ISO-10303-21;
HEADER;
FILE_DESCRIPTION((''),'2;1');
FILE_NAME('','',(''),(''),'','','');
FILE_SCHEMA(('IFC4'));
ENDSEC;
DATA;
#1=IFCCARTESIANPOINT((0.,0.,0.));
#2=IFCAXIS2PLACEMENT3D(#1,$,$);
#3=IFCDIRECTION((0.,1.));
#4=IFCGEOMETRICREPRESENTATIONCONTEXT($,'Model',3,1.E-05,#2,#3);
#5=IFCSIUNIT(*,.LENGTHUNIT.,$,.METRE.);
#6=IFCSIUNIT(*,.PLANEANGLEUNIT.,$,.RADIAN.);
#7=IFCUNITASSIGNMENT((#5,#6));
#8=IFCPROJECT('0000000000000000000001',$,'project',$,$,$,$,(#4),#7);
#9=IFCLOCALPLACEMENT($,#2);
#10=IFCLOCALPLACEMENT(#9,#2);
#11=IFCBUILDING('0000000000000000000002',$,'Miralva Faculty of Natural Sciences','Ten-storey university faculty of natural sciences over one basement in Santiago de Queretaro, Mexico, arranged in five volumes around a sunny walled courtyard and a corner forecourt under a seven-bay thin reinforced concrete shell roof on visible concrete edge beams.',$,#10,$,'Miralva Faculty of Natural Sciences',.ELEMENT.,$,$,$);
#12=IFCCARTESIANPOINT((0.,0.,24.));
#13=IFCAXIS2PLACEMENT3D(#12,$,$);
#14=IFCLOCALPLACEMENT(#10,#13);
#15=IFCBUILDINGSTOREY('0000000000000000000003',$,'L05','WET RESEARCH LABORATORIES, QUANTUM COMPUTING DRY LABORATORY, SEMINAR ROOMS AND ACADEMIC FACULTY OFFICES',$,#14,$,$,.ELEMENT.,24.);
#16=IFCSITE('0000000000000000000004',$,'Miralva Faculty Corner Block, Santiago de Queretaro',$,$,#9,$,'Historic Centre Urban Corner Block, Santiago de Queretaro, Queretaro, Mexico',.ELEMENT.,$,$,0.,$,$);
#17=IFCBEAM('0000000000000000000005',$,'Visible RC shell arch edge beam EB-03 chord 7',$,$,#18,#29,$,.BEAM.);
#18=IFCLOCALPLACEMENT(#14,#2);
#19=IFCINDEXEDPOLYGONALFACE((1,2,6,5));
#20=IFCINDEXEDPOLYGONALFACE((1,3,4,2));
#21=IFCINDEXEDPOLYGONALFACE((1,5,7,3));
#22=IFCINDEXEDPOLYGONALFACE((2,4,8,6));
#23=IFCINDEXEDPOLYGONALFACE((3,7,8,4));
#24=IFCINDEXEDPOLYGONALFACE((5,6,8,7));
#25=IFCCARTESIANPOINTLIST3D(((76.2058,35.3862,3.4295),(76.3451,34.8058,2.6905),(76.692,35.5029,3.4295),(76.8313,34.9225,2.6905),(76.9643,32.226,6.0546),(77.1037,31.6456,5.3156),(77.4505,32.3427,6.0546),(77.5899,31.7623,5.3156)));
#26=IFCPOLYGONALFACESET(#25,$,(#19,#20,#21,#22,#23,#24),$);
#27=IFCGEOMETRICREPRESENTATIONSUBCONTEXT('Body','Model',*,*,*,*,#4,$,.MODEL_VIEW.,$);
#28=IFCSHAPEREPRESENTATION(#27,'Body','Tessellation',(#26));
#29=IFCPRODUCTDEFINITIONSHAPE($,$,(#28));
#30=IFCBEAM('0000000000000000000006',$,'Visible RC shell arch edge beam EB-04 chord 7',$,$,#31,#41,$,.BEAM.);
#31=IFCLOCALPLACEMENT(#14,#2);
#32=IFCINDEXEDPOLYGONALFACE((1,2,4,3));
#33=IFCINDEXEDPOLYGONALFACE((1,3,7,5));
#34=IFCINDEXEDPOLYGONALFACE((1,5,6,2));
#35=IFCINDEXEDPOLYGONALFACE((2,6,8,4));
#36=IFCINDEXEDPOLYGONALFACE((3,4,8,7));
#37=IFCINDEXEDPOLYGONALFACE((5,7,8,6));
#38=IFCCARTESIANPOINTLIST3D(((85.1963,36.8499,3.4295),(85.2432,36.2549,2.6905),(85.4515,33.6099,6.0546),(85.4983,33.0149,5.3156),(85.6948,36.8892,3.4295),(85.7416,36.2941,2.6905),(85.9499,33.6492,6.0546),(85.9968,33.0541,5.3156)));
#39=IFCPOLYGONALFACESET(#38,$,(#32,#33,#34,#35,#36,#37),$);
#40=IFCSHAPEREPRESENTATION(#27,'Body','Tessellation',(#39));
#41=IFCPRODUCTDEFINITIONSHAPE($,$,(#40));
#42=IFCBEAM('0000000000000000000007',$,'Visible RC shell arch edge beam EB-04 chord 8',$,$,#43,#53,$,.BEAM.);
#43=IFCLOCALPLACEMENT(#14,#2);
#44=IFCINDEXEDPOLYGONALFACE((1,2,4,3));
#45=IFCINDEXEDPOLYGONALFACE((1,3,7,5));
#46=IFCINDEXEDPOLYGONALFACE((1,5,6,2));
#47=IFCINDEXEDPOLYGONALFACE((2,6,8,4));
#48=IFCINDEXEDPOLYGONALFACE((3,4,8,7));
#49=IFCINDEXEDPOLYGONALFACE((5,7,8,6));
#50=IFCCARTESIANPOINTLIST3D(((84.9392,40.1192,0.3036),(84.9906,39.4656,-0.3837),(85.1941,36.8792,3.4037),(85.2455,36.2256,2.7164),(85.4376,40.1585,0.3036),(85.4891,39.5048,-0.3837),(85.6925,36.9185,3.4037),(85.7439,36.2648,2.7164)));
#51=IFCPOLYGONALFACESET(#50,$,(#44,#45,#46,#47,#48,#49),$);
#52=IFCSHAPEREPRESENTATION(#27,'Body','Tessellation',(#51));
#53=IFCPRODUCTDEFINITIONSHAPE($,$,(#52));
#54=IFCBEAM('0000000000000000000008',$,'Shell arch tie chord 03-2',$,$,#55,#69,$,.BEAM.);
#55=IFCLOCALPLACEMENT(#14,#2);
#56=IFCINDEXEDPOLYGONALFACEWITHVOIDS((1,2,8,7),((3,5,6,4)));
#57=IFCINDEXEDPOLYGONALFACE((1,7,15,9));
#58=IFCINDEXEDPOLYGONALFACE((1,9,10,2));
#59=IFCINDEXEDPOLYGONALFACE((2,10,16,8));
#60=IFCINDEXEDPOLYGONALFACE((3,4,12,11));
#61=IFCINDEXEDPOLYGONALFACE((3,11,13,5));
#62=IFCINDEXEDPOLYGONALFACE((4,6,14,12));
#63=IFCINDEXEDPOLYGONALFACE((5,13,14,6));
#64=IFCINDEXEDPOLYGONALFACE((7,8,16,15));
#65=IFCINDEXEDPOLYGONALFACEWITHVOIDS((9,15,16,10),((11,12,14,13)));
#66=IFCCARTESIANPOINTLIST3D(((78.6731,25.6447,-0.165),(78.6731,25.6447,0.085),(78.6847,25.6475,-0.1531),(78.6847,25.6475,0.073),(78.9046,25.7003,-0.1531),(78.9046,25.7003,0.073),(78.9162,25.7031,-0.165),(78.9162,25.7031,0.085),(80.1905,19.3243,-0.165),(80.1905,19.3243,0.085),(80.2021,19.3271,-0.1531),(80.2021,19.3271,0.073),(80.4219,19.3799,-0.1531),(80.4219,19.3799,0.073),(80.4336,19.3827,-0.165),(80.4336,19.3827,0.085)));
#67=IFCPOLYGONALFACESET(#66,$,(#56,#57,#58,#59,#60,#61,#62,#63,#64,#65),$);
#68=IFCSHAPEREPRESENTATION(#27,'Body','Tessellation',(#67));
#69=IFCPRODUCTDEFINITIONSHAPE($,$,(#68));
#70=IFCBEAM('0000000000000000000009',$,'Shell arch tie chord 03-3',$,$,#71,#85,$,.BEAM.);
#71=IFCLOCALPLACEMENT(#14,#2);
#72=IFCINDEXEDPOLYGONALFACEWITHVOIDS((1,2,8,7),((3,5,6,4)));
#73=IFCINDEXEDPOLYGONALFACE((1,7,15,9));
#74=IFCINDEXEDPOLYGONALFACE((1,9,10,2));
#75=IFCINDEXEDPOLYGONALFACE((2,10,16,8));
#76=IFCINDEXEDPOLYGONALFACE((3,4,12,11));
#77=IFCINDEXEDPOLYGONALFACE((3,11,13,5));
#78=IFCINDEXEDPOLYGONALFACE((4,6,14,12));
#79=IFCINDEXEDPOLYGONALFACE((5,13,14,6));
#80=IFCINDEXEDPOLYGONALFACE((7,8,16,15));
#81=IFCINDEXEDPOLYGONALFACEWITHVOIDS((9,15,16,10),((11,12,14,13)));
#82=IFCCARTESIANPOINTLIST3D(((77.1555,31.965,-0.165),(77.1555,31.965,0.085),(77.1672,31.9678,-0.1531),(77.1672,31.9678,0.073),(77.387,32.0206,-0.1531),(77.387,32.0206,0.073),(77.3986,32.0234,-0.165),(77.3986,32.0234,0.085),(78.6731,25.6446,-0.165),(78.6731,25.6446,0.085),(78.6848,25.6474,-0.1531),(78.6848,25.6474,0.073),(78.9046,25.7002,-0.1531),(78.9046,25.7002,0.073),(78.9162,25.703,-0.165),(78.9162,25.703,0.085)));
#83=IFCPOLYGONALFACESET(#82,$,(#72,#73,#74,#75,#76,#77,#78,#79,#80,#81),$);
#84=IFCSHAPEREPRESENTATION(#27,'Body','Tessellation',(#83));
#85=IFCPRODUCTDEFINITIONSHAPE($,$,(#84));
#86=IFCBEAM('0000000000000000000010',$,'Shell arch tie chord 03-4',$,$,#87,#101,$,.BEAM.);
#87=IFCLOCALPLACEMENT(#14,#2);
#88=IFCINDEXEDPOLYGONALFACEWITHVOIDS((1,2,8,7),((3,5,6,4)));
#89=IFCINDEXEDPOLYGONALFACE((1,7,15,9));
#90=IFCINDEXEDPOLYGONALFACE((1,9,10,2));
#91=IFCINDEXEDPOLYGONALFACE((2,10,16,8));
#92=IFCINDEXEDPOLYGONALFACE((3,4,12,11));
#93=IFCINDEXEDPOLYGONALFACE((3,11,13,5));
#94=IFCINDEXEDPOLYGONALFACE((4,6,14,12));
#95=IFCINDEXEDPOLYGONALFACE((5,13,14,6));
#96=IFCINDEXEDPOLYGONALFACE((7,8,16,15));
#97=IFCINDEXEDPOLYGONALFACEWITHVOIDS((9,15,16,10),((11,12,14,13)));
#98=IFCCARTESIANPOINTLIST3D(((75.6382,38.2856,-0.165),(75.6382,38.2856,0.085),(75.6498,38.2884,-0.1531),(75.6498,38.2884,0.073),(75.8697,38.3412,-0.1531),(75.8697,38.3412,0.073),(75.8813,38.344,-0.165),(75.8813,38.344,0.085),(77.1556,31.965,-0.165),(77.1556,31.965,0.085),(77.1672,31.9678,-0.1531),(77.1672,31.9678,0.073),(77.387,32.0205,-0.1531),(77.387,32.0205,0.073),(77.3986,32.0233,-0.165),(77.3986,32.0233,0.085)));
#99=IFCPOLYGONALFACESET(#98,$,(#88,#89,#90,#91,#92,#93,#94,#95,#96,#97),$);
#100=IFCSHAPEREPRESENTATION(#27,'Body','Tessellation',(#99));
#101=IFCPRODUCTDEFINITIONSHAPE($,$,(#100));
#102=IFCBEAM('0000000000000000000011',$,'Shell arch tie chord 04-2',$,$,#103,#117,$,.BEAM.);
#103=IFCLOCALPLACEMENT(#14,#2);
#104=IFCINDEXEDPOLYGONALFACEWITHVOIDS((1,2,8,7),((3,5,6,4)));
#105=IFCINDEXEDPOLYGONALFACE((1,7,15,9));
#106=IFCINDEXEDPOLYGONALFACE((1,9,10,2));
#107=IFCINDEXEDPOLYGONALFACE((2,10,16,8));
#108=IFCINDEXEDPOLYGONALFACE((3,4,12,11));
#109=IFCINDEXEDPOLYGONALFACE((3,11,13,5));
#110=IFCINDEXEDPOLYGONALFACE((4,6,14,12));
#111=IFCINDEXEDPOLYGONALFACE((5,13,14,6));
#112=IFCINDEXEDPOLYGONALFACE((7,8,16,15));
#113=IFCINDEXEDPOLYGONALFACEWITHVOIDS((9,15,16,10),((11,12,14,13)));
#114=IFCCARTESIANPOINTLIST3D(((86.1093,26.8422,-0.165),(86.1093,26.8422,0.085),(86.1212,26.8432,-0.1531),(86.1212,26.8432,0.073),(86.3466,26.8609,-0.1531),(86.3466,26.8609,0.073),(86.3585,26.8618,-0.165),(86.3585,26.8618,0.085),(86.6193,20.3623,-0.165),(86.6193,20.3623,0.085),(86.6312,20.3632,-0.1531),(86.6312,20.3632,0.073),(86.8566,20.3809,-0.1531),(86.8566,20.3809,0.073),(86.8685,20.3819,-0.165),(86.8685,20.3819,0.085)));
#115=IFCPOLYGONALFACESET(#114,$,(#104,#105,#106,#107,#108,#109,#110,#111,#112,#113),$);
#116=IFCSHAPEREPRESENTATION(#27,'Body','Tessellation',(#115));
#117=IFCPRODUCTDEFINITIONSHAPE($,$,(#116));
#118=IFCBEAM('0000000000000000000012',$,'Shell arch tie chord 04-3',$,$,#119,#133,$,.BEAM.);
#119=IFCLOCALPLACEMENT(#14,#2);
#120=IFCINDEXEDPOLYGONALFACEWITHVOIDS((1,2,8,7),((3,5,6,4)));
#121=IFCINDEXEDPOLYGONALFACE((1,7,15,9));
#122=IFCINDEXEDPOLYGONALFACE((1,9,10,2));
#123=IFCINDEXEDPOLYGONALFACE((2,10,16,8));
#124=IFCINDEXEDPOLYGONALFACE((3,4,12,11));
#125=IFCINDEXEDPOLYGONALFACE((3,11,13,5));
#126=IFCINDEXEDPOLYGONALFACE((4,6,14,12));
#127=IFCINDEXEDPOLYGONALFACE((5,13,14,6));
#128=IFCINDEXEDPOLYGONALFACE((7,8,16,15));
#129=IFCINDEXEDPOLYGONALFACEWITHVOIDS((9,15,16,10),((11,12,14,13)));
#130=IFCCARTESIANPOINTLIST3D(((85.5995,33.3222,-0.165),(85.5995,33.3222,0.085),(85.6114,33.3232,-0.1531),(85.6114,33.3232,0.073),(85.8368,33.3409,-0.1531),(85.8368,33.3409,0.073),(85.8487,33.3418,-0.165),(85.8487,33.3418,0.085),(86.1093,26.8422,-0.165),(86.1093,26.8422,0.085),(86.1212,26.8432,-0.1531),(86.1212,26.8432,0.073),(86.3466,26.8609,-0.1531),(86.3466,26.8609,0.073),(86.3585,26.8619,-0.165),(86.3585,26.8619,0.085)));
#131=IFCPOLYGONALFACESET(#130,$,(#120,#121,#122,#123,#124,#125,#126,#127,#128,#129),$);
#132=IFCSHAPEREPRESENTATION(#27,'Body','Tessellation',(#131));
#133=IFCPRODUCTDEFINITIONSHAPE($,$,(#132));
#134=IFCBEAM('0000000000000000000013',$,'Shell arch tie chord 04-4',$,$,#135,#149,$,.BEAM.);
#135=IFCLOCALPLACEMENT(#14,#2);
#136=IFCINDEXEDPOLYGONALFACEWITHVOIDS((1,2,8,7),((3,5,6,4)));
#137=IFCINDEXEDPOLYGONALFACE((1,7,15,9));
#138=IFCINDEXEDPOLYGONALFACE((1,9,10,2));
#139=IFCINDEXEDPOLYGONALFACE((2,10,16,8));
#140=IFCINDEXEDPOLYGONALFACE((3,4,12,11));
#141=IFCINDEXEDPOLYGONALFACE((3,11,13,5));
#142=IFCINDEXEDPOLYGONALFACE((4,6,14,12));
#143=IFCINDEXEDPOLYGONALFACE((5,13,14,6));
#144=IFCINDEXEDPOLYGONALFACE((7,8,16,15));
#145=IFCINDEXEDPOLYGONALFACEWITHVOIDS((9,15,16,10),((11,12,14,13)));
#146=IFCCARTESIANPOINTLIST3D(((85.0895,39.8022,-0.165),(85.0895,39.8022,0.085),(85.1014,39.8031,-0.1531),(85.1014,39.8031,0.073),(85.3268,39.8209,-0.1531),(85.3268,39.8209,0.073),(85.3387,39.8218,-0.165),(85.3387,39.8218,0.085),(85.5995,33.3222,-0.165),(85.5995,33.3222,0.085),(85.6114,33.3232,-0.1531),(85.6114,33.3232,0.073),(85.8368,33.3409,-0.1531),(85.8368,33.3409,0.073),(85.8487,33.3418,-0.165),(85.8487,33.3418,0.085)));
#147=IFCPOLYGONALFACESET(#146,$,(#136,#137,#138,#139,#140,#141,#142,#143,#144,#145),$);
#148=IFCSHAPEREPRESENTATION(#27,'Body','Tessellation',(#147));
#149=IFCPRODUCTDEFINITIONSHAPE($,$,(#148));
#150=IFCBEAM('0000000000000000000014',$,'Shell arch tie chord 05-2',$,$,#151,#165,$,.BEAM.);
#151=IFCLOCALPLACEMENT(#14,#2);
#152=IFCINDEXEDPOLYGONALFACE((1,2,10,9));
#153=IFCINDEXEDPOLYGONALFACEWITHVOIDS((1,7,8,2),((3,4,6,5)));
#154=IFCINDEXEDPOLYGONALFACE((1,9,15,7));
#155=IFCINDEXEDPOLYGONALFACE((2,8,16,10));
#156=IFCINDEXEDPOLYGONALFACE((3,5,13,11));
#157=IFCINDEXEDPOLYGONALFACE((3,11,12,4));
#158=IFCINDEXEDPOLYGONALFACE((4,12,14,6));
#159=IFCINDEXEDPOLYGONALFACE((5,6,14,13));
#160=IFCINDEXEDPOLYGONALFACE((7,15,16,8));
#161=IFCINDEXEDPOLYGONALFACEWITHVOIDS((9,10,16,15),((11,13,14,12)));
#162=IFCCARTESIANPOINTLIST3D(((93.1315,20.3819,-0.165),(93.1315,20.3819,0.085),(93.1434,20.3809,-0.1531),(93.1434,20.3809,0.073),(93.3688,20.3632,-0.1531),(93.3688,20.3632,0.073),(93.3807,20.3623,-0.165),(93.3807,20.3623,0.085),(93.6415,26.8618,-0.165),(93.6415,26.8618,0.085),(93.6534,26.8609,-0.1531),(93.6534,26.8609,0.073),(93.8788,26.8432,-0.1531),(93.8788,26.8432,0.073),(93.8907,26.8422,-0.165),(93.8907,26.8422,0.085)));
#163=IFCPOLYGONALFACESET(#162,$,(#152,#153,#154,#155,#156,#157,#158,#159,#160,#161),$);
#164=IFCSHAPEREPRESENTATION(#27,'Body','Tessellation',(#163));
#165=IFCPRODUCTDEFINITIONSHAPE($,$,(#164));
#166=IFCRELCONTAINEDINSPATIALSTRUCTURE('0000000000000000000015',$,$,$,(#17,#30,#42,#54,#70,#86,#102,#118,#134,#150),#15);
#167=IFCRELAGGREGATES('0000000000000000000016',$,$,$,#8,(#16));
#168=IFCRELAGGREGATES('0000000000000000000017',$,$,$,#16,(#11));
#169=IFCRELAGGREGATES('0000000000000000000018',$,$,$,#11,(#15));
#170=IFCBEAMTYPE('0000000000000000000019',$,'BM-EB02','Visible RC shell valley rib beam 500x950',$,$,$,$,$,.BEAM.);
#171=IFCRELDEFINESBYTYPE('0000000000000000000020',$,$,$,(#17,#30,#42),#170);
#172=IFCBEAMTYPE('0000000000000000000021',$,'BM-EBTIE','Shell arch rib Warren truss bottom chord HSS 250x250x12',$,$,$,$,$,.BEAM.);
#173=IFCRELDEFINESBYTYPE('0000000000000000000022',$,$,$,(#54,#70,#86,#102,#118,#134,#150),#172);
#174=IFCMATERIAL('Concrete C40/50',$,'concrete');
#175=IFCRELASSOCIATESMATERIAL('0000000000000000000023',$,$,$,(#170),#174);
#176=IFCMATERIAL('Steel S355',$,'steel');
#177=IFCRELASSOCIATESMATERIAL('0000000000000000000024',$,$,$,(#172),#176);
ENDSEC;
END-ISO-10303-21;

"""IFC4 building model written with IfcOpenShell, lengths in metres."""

from ifc_helpers import new_model, si_unit, direction, frame, origin, origin_2d, place, context, subcontext, project, spatial, rectangle, hollow_rectangle, extrude, material, material_profile, profile_set, type_object, element, save


model = new_model("IFC4")

# Units and contexts
model_context = context("Model", 3, precision=1e-05, world=origin(), true_north=direction((0.0, 1.0)))
body_context = subcontext(model_context, "Body", "Model", "MODEL_VIEW")
ifc_project = project(units=[si_unit("LENGTHUNIT", "METRE"), si_unit("PLANEANGLEUNIT", "RADIAN")], contexts=[model_context])

# Site, building, storey
site_placement = place(None, origin())
site = spatial("IfcSite", under=ifc_project, at=site_placement, Name="Miralva Faculty Corner Block, Santiago de Queretaro", LongName="Historic Centre Urban Corner Block, Santiago de Queretaro, Queretaro, Mexico", CompositionType="ELEMENT", RefElevation=0.0)
building_placement = place(site_placement, origin())
building = spatial("IfcBuilding", under=site, at=building_placement, Name="Miralva Faculty of Natural Sciences", Description="Ten-storey university faculty of natural sciences over one basement in Santiago de Queretaro, Mexico, arranged in five volumes around a sunny walled courtyard and a corner forecourt under a seven-bay thin reinforced concrete shell roof on visible concrete edge beams.", LongName="Miralva Faculty of Natural Sciences", CompositionType="ELEMENT")
storey_placement = place(building_placement, frame((0.0, 0.0, 24.0)))
storey = spatial("IfcBuildingStorey", under=building, at=storey_placement, Name="L05", Description="WET RESEARCH LABORATORIES, QUANTUM COMPUTING DRY LABORATORY, SEMINAR ROOMS AND ACADEMIC FACULTY OFFICES", CompositionType="ELEMENT", Elevation=24.0)

# Beams
ifc_material_1 = material(Name="Concrete C40/50", Category="concrete")
ifc_material_profile_1 = material_profile(ifc_material_1, rectangle(XDim=0.5, YDim=0.95, at=origin_2d()), Name="RC 500x950")
ifc_profile_set_1 = profile_set([ifc_material_profile_1], Name="Concrete C40/50")
beam_type_1 = type_object("IfcBeamType", Name="BM-EB02", Description="Visible RC shell valley rib beam 500x950", PredefinedType="BEAM", material=ifc_profile_set_1)
for number, where, z_axis, x_axis, name in (
    (1, (77.2771, 31.9941, 5.6851), (-0.181573, 0.756447, -0.628347), (-0.97238, -0.233404, 0.0), "Visible RC shell arch edge beam EB-03 chord 7"),
    (2, (85.7241, 33.332, 5.6851), (-0.061069, 0.775542, -0.628335), (-0.996914, -0.0785, 0.0), "Visible RC shell arch edge beam EB-04 chord 7"),
):
    element("IfcBeam", number, at=place(storey_placement, frame(where, z_axis=z_axis, x_axis=x_axis)), inside=storey, type_object=beam_type_1, Name=name, PredefinedType="BEAM", context=body_context, shape_type="SweptSolid", body=[
        extrude(rectangle(XDim=0.5, YDim=0.95, at=origin_2d()), origin(), (0.0, 0.0, 1.0), 4.1777),
    ])
beam_1_placement = place(storey_placement, frame((85.469, 36.572, 3.0601), z_axis=(-0.056748, 0.721369, -0.690222), x_axis=(-0.99692, -0.078425, 0.0)))
element("IfcBeam", 3, at=beam_1_placement, inside=storey, type_object=beam_type_1, Name="Visible RC shell arch edge beam EB-04 chord 8", PredefinedType="BEAM", context=body_context, shape_type="SweptSolid", body=[
    extrude(rectangle(XDim=0.5, YDim=0.95, at=origin_2d()), origin(), (0.0, 0.0, 1.0), 4.4915),
])
ifc_material_2 = material(Name="Steel S355", Category="steel")
ifc_material_profile_2 = material_profile(ifc_material_2, hollow_rectangle(XDim=0.25, YDim=0.25, WallThickness=0.012, at=origin_2d()), Name="HSS 250x250x12")
ifc_profile_set_2 = profile_set([ifc_material_profile_2], Name="Steel S355")
beam_type_2 = type_object("IfcBeamType", Name="BM-EBTIE", Description="Shell arch rib Warren truss bottom chord HSS 250x250x12", PredefinedType="BEAM", material=ifc_profile_set_2)
for number, where, z_axis, x_axis, name in (
    (4, (80.312, 19.3535, -0.04), (-0.23344, 0.972371, 0.0), (-0.972371, -0.23344, 0.0), "Shell arch tie chord 03-2"),
    (5, (78.7947, 25.6738, -0.04), (-0.233475, 0.972363, 0.0), (-0.972363, -0.233475, 0.0), "Shell arch tie chord 03-3"),
):
    element("IfcBeam", number, at=place(storey_placement, frame(where, z_axis=z_axis, x_axis=x_axis)), inside=storey, type_object=beam_type_2, Name=name, PredefinedType="BEAM", context=body_context, shape_type="SweptSolid", body=[
        extrude(hollow_rectangle(XDim=0.25, YDim=0.25, WallThickness=0.012, at=origin_2d()), origin(), (0.0, 0.0, 1.0), 6.5),
    ])
beam_2_placement = place(storey_placement, frame((77.2771, 31.9941, -0.04), z_axis=(-0.233431, 0.972373, 0.0), x_axis=(-0.972373, -0.233431, 0.0)))
element("IfcBeam", 6, at=beam_2_placement, inside=storey, type_object=beam_type_2, Name="Shell arch tie chord 03-4", PredefinedType="BEAM", context=body_context, shape_type="SweptSolid", body=[
    extrude(hollow_rectangle(XDim=0.25, YDim=0.25, WallThickness=0.012, at=origin_2d()), origin(), (0.0, 0.0, 1.0), 6.5002),
])
for number, where, z_axis, x_axis, name in (
    (7, (86.7439, 20.3721, -0.04), (-0.078463, 0.996917, 0.0), (-0.996917, -0.078463, 0.0), "Shell arch tie chord 04-2"),
    (8, (86.2339, 26.8521, -0.04), (-0.078425, 0.99692, 0.0), (-0.99692, -0.078425, 0.0), "Shell arch tie chord 04-3"),
    (9, (85.7241, 33.332, -0.04), (-0.078463, 0.996917, 0.0), (-0.996917, -0.078463, 0.0), "Shell arch tie chord 04-4"),
    (10, (93.2561, 20.3721, -0.04), (0.078463, 0.996917, 0.0), (-0.996917, 0.078463, 0.0), "Shell arch tie chord 05-2"),
):
    element("IfcBeam", number, at=place(storey_placement, frame(where, z_axis=z_axis, x_axis=x_axis)), inside=storey, type_object=beam_type_2, Name=name, PredefinedType="BEAM", context=body_context, shape_type="SweptSolid", body=[
        extrude(hollow_rectangle(XDim=0.25, YDim=0.25, WallThickness=0.012, at=origin_2d()), origin(), (0.0, 0.0, 1.0), 6.5),
    ])

save(model, "model.ifc")
